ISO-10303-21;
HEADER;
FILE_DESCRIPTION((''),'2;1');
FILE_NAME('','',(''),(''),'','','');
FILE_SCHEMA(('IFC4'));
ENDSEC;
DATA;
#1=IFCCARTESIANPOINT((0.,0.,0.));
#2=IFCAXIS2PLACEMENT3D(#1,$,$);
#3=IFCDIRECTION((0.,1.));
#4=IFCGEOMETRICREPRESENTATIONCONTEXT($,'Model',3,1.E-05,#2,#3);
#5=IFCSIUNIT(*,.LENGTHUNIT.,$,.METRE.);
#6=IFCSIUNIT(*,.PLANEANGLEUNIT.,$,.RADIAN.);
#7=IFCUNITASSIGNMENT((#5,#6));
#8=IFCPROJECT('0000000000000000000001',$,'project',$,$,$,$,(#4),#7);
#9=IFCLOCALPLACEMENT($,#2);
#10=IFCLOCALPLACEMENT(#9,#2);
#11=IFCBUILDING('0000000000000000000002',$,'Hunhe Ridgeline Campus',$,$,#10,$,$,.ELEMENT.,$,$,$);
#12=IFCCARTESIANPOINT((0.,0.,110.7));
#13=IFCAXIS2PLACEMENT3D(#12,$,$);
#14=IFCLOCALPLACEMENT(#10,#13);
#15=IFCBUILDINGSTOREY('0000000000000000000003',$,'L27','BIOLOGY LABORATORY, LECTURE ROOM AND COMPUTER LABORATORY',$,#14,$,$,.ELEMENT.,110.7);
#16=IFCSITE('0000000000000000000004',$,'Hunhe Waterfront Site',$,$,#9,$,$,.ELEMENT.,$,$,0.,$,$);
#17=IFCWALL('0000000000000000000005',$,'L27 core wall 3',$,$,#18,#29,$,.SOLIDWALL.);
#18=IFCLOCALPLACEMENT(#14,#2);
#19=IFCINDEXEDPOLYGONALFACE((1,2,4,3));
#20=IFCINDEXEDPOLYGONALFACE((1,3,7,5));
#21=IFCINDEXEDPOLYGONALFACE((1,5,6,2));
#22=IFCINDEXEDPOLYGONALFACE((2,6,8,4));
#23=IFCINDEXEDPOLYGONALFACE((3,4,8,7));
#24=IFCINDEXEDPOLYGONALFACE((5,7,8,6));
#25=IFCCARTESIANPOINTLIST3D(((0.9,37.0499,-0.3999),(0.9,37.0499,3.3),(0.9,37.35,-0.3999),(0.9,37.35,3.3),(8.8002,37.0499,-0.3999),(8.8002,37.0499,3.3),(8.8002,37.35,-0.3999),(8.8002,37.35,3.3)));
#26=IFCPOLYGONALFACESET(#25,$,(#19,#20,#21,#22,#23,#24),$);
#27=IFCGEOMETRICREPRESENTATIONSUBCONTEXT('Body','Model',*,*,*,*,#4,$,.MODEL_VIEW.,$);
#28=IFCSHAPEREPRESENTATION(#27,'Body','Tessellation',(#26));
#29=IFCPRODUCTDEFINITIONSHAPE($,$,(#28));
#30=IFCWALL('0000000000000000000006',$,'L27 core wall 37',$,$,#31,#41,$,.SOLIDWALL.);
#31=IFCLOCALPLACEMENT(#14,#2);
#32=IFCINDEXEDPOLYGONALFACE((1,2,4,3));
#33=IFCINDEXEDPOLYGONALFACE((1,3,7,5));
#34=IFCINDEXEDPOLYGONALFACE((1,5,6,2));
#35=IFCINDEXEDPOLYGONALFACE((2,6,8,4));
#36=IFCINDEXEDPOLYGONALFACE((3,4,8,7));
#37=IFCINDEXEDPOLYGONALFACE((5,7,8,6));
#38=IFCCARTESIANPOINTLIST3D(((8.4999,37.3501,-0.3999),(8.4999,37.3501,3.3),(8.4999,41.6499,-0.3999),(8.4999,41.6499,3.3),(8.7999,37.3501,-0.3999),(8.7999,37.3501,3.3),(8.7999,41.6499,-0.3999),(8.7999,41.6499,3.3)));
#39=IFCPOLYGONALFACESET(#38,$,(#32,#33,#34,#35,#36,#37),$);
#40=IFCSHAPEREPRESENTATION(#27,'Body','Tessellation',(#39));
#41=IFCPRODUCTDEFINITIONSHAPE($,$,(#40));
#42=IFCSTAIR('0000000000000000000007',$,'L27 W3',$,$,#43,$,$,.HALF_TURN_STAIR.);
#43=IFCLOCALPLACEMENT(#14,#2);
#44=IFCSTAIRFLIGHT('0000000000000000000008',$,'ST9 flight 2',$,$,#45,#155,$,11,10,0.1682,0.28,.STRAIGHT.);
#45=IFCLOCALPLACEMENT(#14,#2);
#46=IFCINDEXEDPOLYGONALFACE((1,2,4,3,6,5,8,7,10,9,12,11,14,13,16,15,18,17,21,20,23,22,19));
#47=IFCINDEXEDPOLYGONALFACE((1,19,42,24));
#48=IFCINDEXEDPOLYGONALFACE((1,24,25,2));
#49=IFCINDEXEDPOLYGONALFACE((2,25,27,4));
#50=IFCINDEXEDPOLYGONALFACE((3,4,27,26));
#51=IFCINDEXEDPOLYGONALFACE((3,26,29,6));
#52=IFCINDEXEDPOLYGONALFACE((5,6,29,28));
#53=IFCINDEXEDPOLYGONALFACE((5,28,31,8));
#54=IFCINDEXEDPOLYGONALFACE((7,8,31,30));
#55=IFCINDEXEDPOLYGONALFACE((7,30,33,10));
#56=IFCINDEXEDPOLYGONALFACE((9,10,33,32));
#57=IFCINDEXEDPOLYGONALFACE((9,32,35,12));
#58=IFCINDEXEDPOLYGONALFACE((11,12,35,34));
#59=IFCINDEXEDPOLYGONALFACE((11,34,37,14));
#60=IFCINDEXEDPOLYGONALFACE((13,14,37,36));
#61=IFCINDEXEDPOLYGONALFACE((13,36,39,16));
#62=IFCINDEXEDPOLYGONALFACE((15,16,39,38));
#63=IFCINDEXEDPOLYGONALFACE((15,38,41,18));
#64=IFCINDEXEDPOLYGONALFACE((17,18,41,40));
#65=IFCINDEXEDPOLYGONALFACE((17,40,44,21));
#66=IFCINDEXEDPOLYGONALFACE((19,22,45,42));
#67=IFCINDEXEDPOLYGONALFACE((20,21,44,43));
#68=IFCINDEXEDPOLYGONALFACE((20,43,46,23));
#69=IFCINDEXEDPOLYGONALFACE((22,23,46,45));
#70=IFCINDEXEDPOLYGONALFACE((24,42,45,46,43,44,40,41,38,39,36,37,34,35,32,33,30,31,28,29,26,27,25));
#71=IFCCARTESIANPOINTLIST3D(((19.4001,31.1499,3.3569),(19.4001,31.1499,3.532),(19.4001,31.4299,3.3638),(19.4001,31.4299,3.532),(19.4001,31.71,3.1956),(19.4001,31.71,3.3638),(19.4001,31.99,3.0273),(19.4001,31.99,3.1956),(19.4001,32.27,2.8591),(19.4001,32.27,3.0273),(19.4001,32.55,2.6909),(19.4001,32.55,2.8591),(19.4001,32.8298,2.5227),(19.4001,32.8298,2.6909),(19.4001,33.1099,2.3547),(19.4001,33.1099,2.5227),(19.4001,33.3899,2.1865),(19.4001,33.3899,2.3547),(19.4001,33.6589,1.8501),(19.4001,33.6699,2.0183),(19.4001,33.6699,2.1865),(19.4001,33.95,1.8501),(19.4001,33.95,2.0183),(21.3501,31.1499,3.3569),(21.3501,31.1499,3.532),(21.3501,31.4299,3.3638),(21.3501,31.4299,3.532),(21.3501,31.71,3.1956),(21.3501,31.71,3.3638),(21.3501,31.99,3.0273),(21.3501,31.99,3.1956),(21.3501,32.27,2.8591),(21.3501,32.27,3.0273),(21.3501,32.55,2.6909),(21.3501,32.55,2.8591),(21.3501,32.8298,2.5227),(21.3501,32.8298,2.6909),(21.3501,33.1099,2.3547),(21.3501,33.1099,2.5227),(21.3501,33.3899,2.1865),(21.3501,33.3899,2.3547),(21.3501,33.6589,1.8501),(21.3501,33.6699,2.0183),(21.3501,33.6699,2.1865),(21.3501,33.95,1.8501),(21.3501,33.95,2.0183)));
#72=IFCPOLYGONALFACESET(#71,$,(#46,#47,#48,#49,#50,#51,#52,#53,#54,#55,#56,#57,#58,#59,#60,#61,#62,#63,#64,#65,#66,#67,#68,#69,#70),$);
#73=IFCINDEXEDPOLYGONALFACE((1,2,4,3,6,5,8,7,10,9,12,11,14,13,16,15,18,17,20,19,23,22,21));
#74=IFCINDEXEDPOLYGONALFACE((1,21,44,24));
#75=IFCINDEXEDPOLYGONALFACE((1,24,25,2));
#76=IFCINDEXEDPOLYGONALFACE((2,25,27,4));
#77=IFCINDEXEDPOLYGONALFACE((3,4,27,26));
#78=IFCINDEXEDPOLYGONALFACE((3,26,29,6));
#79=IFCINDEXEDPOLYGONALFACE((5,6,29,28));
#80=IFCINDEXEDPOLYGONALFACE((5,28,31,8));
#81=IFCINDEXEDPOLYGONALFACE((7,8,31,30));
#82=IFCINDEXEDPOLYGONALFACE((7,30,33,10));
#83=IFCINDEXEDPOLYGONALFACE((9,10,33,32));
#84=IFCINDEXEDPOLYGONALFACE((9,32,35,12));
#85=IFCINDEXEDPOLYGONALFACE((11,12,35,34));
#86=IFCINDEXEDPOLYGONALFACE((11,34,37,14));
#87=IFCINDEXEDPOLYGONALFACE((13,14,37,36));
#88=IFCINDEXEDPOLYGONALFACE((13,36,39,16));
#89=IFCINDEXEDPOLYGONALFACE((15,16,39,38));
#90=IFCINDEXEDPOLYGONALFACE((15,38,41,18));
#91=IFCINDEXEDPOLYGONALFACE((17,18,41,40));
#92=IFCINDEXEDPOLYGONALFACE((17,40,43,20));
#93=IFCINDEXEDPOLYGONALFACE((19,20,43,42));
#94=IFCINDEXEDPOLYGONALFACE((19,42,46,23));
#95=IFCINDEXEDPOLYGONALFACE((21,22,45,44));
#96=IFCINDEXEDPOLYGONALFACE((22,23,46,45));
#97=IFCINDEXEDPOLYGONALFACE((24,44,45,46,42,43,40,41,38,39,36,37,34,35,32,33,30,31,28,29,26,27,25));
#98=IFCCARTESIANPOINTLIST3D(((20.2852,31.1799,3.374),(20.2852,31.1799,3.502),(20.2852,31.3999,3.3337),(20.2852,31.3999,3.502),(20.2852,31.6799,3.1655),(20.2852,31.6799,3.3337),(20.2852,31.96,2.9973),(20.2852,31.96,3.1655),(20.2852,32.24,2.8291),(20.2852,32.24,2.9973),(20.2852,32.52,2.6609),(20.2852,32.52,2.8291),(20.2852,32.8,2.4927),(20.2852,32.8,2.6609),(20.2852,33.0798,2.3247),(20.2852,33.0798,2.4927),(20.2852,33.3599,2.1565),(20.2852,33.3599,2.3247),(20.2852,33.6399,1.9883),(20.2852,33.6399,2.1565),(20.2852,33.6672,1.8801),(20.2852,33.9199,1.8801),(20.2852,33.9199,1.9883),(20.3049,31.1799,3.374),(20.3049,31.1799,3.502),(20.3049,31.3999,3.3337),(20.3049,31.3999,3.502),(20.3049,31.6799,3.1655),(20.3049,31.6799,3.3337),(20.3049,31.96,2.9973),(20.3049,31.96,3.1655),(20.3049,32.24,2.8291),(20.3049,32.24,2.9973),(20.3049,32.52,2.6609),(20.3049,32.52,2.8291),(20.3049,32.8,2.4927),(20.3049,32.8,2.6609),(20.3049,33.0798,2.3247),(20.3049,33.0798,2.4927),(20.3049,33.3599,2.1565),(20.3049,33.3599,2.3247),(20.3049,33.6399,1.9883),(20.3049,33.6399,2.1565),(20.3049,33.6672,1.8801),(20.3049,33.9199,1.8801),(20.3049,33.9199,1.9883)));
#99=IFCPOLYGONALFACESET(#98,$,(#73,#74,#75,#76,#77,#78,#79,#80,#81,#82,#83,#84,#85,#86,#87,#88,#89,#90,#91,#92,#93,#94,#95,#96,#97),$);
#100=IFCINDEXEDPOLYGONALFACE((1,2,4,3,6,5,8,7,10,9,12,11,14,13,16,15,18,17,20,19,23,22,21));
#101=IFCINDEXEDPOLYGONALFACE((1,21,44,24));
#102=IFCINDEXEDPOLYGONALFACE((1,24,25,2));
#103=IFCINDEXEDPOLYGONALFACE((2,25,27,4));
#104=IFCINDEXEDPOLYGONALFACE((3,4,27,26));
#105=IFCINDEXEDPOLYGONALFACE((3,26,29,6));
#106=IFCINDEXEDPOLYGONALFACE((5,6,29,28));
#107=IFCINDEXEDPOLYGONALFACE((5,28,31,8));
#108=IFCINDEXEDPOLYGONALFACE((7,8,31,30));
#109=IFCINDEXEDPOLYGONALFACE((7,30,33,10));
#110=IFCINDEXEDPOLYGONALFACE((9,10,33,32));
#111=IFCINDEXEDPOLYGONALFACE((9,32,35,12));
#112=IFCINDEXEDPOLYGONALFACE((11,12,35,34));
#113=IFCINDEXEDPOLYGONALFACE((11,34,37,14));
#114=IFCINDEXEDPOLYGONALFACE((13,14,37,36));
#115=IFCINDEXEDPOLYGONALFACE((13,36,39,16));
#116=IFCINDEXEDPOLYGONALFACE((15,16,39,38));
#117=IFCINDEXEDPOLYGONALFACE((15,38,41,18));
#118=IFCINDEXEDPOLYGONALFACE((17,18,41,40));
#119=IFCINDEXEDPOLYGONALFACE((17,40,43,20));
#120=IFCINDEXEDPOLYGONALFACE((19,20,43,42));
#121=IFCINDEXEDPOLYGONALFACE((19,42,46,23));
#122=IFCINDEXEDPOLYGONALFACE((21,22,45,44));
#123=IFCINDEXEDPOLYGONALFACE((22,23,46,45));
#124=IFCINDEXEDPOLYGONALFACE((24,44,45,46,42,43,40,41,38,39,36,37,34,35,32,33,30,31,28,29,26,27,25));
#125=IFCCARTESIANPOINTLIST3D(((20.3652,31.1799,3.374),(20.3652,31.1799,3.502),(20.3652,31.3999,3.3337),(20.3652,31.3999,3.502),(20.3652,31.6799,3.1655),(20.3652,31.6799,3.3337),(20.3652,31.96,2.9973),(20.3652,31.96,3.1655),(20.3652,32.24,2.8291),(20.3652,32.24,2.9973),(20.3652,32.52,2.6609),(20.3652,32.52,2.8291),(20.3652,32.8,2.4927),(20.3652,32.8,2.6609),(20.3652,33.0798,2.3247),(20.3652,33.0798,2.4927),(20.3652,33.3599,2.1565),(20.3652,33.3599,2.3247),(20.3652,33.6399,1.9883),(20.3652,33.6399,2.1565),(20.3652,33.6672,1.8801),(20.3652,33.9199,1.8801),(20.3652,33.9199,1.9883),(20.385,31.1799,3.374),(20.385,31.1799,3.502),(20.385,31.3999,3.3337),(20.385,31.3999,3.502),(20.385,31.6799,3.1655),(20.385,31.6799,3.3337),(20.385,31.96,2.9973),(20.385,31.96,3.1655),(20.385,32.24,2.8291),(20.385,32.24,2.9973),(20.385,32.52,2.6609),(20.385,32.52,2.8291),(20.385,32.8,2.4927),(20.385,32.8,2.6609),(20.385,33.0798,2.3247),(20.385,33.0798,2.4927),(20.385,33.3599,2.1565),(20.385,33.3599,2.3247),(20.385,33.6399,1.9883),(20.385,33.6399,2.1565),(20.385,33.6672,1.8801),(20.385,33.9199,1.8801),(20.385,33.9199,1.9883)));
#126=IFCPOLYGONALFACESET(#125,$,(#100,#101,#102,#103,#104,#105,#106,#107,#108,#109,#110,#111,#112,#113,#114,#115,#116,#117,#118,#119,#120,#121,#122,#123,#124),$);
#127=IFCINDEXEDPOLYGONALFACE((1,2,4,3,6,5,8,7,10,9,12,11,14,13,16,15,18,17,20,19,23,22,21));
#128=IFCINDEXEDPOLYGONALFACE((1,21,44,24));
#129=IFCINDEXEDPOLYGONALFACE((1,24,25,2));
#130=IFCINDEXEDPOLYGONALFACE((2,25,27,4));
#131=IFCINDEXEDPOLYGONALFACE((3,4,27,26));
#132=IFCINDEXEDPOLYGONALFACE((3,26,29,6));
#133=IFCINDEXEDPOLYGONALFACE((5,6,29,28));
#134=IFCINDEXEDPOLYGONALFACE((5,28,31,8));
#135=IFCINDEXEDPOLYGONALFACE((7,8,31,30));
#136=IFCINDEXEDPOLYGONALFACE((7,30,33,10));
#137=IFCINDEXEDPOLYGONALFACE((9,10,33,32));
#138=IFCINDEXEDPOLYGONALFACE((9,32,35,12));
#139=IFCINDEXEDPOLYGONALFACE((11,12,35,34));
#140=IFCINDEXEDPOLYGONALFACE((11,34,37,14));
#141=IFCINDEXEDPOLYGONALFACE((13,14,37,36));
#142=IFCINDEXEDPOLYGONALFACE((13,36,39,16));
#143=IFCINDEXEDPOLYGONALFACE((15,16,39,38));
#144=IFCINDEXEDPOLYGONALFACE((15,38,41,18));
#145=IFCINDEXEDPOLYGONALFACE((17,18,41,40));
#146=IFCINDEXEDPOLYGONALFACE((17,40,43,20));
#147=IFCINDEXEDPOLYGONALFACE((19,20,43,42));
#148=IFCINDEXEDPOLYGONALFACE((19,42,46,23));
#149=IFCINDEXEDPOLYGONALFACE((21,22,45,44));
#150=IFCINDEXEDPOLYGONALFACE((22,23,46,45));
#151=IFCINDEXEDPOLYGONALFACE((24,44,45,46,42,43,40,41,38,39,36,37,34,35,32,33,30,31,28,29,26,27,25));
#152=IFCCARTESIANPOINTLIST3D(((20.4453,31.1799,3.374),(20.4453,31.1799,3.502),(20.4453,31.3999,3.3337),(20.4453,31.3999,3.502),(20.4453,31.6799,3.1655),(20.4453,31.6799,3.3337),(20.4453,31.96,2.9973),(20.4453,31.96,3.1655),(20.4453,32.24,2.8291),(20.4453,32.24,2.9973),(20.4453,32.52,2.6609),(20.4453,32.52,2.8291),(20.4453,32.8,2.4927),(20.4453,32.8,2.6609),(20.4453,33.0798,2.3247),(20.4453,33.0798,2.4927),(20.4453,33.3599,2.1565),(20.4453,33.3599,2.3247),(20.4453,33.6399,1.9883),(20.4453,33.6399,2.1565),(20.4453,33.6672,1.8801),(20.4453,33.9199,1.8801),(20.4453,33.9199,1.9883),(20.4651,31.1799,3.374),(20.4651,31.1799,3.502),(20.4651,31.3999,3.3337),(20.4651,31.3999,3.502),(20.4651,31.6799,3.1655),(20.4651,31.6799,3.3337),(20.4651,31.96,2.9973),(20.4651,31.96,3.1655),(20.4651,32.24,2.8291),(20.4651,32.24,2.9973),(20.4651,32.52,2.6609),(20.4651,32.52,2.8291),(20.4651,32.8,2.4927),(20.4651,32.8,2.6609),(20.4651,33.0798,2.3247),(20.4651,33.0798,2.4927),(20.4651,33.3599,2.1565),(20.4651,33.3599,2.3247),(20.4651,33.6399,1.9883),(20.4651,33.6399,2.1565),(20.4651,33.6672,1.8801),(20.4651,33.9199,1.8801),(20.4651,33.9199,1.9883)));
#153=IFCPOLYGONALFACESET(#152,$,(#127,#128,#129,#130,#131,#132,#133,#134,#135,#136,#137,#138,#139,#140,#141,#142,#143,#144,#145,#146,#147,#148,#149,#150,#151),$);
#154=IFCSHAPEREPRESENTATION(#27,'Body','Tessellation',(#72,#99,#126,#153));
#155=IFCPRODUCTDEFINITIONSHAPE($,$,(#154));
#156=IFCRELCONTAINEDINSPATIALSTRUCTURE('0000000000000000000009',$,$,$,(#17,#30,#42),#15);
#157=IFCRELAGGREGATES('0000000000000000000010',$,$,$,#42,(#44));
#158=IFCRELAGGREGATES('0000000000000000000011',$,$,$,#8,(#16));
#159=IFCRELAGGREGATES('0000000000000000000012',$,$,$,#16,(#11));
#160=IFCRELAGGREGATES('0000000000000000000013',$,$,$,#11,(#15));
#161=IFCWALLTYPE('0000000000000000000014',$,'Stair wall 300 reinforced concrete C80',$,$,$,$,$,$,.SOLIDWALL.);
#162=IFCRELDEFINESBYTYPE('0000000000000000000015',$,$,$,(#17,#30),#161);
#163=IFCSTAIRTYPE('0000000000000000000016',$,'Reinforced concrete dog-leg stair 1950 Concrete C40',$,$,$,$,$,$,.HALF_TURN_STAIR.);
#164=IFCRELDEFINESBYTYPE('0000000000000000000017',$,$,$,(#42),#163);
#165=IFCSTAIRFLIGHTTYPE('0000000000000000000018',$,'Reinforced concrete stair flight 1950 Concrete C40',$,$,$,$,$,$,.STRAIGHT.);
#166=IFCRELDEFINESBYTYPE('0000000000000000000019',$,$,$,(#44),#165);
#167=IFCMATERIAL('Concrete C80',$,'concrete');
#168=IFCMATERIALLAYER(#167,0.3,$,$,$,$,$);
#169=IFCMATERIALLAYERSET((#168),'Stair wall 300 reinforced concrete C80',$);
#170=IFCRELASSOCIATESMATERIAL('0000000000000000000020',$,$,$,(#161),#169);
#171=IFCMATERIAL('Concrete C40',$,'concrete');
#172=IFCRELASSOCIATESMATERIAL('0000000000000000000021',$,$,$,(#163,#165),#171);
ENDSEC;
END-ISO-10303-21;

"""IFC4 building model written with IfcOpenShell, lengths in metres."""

from ifc_helpers import new_model, si_unit, direction, frame, frame_2d, origin, place, context, subcontext, project, spatial, polyline, rectangle, outline, extrude, material, layer, layer_set, type_object, element, aggregate, save


model = new_model("IFC4")

# Units and contexts
model_context = context("Model", 3, precision=1e-05, world=origin(), true_north=direction((0.0, 1.0)))
body_context = subcontext(model_context, "Body", "Model", "MODEL_VIEW")
ifc_project = project(units=[si_unit("LENGTHUNIT", "METRE"), si_unit("PLANEANGLEUNIT", "RADIAN")], contexts=[model_context])

# Site, building, storey
site_placement = place(None, origin())
site = spatial("IfcSite", under=ifc_project, at=site_placement, Name="Hunhe Waterfront Site", CompositionType="ELEMENT", RefElevation=0.0)
building_placement = place(site_placement, origin())
building = spatial("IfcBuilding", under=site, at=building_placement, Name="Hunhe Ridgeline Campus", CompositionType="ELEMENT")
storey_placement = place(building_placement, frame((0.0, 0.0, 110.7)))
storey = spatial("IfcBuildingStorey", under=building, at=storey_placement, Name="L27", Description="BIOLOGY LABORATORY, LECTURE ROOM AND COMPUTER LABORATORY", CompositionType="ELEMENT", Elevation=110.7)

# Wall
ifc_material_1 = material(Name="Concrete C80", Category="concrete")
ifc_layer_1 = layer(ifc_material_1, 0.3)
ifc_layer_set_1 = layer_set([ifc_layer_1], Name="Stair wall 300 reinforced concrete C80")
wall_type_1 = type_object("IfcWallType", Name="Stair wall 300 reinforced concrete C80", PredefinedType="SOLIDWALL", material=ifc_layer_set_1)
wall_1_placement = place(storey_placement, frame((0.8999, 37.2, -0.3999), z_axis=(0.0, 0.0, 1.0), x_axis=(1.0, 0.0, 0.0)))
element("IfcWall", 1, at=wall_1_placement, inside=storey, type_object=wall_type_1, Name="L27 core wall 3", PredefinedType="SOLIDWALL", context=body_context, shape_type="SweptSolid", body=[
    extrude(rectangle(XDim=7.9001, YDim=0.3, at=frame_2d((3.9502, 0.0))), origin(), (0.0, 0.0, 1.0), 3.7),
])

# Wall
wall_2_placement = place(storey_placement, frame((8.6499, 37.3501, -0.3999), z_axis=(0.0, 0.0, 1.0), x_axis=(0.0, 1.0, 0.0)))
element("IfcWall", 2, at=wall_2_placement, inside=storey, type_object=wall_type_1, Name="L27 core wall 37", PredefinedType="SOLIDWALL", context=body_context, shape_type="SweptSolid", body=[
    extrude(rectangle(XDim=4.2998, YDim=0.3, at=frame_2d((2.1499, 0.0))), origin(), (0.0, 0.0, 1.0), 3.7),
])

# Stair, stair flight
ifc_material_2 = material(Name="Concrete C40", Category="concrete")
stair_type = type_object("IfcStairType", Name="Reinforced concrete dog-leg stair 1950 Concrete C40", PredefinedType="HALF_TURN_STAIR", material=ifc_material_2)
stair_1_placement = place(storey_placement, origin())
stair_1 = element("IfcStair", 3, at=stair_1_placement, inside=storey, type_object=stair_type, Name="L27 W3", PredefinedType="HALF_TURN_STAIR")
stair_flight_type = type_object("IfcStairFlightType", Name="Reinforced concrete stair flight 1950 Concrete C40", PredefinedType="STRAIGHT", material=ifc_material_2)
stair_flight_1_placement = place(storey_placement, frame((20.375, 33.95, 1.8501), z_axis=(0.0, 0.0, 1.0), x_axis=(0.0, -1.0, 0.0)))
stair_flight_1 = element("IfcStairFlight", 4, at=stair_flight_1_placement, type_object=stair_flight_type, Name="ST9 flight 2", NumberOfRisers=11, NumberOfTreads=10, PredefinedType="STRAIGHT", RiserHeight=0.1682, TreadLength=0.28, context=body_context, shape_type="SweptSolid", body=[
    extrude(outline(polyline([(0.0, 0.0), (0.0, 0.1682), (0.28, 0.1682), (0.28, 0.3364), (0.5601, 0.3364), (0.5601, 0.5046), (0.8401, 0.5046), (0.8401, 0.6726), (1.1201, 0.6726), (1.1201, 0.8408), (1.3999, 0.8408), (1.3999, 1.009), (1.6799, 1.009), (1.6799, 1.1772), (1.96, 1.1772), (1.96, 1.3455), (2.24, 1.3455), (2.24, 1.5137), (2.52, 1.5137), (2.52, 1.6819), (2.8, 1.6819), (2.8, 1.8501), (2.8, 1.5068), (0.291, 0.0), (0.0, 0.0)])), frame((0.0, 0.9751, 0.0), z_axis=(0.0, -1.0, 0.0), x_axis=(1.0, 0.0, 0.0)), (0.0, 0.0, 1.0), 1.95),
    extrude(outline(polyline([(0.03, 0.03), (0.03, 0.1382), (0.3101, 0.1382), (0.3101, 0.3064), (0.5901, 0.3064), (0.5901, 0.4746), (0.8701, 0.4746), (0.8701, 0.6426), (1.1499, 0.6426), (1.1499, 0.8108), (1.4299, 0.8108), (1.4299, 0.979), (1.71, 0.979), (1.71, 1.1472), (1.99, 1.1472), (1.99, 1.3154), (2.27, 1.3154), (2.27, 1.4836), (2.55, 1.4836), (2.55, 1.6519), (2.77, 1.6519), (2.77, 1.5239), (0.2827, 0.03), (0.03, 0.03)])), frame((0.0, -0.0701, 0.0), z_axis=(0.0, -1.0, 0.0), x_axis=(1.0, 0.0, 0.0)), (0.0, 0.0, 1.0), 0.0198),
    extrude(outline(polyline([(0.03, 0.03), (0.03, 0.1382), (0.3101, 0.1382), (0.3101, 0.3064), (0.5901, 0.3064), (0.5901, 0.4746), (0.8701, 0.4746), (0.8701, 0.6426), (1.1499, 0.6426), (1.1499, 0.8108), (1.4299, 0.8108), (1.4299, 0.979), (1.71, 0.979), (1.71, 1.1472), (1.99, 1.1472), (1.99, 1.3154), (2.27, 1.3154), (2.27, 1.4836), (2.55, 1.4836), (2.55, 1.6519), (2.77, 1.6519), (2.77, 1.5239), (0.2827, 0.03), (0.03, 0.03)])), frame((0.0, 0.01, 0.0), z_axis=(0.0, -1.0, 0.0), x_axis=(1.0, 0.0, 0.0)), (0.0, 0.0, 1.0), 0.0198),
    extrude(outline(polyline([(0.03, 0.03), (0.03, 0.1382), (0.3101, 0.1382), (0.3101, 0.3064), (0.5901, 0.3064), (0.5901, 0.4746), (0.8701, 0.4746), (0.8701, 0.6426), (1.1499, 0.6426), (1.1499, 0.8108), (1.4299, 0.8108), (1.4299, 0.979), (1.71, 0.979), (1.71, 1.1472), (1.99, 1.1472), (1.99, 1.3154), (2.27, 1.3154), (2.27, 1.4836), (2.55, 1.4836), (2.55, 1.6519), (2.77, 1.6519), (2.77, 1.5239), (0.2827, 0.03), (0.03, 0.03)])), frame((0.0, 0.0901, 0.0), z_axis=(0.0, -1.0, 0.0), x_axis=(1.0, 0.0, 0.0)), (0.0, 0.0, 1.0), 0.0198),
])
aggregate(stair_1, [stair_flight_1])

save(model, "model.ifc")
